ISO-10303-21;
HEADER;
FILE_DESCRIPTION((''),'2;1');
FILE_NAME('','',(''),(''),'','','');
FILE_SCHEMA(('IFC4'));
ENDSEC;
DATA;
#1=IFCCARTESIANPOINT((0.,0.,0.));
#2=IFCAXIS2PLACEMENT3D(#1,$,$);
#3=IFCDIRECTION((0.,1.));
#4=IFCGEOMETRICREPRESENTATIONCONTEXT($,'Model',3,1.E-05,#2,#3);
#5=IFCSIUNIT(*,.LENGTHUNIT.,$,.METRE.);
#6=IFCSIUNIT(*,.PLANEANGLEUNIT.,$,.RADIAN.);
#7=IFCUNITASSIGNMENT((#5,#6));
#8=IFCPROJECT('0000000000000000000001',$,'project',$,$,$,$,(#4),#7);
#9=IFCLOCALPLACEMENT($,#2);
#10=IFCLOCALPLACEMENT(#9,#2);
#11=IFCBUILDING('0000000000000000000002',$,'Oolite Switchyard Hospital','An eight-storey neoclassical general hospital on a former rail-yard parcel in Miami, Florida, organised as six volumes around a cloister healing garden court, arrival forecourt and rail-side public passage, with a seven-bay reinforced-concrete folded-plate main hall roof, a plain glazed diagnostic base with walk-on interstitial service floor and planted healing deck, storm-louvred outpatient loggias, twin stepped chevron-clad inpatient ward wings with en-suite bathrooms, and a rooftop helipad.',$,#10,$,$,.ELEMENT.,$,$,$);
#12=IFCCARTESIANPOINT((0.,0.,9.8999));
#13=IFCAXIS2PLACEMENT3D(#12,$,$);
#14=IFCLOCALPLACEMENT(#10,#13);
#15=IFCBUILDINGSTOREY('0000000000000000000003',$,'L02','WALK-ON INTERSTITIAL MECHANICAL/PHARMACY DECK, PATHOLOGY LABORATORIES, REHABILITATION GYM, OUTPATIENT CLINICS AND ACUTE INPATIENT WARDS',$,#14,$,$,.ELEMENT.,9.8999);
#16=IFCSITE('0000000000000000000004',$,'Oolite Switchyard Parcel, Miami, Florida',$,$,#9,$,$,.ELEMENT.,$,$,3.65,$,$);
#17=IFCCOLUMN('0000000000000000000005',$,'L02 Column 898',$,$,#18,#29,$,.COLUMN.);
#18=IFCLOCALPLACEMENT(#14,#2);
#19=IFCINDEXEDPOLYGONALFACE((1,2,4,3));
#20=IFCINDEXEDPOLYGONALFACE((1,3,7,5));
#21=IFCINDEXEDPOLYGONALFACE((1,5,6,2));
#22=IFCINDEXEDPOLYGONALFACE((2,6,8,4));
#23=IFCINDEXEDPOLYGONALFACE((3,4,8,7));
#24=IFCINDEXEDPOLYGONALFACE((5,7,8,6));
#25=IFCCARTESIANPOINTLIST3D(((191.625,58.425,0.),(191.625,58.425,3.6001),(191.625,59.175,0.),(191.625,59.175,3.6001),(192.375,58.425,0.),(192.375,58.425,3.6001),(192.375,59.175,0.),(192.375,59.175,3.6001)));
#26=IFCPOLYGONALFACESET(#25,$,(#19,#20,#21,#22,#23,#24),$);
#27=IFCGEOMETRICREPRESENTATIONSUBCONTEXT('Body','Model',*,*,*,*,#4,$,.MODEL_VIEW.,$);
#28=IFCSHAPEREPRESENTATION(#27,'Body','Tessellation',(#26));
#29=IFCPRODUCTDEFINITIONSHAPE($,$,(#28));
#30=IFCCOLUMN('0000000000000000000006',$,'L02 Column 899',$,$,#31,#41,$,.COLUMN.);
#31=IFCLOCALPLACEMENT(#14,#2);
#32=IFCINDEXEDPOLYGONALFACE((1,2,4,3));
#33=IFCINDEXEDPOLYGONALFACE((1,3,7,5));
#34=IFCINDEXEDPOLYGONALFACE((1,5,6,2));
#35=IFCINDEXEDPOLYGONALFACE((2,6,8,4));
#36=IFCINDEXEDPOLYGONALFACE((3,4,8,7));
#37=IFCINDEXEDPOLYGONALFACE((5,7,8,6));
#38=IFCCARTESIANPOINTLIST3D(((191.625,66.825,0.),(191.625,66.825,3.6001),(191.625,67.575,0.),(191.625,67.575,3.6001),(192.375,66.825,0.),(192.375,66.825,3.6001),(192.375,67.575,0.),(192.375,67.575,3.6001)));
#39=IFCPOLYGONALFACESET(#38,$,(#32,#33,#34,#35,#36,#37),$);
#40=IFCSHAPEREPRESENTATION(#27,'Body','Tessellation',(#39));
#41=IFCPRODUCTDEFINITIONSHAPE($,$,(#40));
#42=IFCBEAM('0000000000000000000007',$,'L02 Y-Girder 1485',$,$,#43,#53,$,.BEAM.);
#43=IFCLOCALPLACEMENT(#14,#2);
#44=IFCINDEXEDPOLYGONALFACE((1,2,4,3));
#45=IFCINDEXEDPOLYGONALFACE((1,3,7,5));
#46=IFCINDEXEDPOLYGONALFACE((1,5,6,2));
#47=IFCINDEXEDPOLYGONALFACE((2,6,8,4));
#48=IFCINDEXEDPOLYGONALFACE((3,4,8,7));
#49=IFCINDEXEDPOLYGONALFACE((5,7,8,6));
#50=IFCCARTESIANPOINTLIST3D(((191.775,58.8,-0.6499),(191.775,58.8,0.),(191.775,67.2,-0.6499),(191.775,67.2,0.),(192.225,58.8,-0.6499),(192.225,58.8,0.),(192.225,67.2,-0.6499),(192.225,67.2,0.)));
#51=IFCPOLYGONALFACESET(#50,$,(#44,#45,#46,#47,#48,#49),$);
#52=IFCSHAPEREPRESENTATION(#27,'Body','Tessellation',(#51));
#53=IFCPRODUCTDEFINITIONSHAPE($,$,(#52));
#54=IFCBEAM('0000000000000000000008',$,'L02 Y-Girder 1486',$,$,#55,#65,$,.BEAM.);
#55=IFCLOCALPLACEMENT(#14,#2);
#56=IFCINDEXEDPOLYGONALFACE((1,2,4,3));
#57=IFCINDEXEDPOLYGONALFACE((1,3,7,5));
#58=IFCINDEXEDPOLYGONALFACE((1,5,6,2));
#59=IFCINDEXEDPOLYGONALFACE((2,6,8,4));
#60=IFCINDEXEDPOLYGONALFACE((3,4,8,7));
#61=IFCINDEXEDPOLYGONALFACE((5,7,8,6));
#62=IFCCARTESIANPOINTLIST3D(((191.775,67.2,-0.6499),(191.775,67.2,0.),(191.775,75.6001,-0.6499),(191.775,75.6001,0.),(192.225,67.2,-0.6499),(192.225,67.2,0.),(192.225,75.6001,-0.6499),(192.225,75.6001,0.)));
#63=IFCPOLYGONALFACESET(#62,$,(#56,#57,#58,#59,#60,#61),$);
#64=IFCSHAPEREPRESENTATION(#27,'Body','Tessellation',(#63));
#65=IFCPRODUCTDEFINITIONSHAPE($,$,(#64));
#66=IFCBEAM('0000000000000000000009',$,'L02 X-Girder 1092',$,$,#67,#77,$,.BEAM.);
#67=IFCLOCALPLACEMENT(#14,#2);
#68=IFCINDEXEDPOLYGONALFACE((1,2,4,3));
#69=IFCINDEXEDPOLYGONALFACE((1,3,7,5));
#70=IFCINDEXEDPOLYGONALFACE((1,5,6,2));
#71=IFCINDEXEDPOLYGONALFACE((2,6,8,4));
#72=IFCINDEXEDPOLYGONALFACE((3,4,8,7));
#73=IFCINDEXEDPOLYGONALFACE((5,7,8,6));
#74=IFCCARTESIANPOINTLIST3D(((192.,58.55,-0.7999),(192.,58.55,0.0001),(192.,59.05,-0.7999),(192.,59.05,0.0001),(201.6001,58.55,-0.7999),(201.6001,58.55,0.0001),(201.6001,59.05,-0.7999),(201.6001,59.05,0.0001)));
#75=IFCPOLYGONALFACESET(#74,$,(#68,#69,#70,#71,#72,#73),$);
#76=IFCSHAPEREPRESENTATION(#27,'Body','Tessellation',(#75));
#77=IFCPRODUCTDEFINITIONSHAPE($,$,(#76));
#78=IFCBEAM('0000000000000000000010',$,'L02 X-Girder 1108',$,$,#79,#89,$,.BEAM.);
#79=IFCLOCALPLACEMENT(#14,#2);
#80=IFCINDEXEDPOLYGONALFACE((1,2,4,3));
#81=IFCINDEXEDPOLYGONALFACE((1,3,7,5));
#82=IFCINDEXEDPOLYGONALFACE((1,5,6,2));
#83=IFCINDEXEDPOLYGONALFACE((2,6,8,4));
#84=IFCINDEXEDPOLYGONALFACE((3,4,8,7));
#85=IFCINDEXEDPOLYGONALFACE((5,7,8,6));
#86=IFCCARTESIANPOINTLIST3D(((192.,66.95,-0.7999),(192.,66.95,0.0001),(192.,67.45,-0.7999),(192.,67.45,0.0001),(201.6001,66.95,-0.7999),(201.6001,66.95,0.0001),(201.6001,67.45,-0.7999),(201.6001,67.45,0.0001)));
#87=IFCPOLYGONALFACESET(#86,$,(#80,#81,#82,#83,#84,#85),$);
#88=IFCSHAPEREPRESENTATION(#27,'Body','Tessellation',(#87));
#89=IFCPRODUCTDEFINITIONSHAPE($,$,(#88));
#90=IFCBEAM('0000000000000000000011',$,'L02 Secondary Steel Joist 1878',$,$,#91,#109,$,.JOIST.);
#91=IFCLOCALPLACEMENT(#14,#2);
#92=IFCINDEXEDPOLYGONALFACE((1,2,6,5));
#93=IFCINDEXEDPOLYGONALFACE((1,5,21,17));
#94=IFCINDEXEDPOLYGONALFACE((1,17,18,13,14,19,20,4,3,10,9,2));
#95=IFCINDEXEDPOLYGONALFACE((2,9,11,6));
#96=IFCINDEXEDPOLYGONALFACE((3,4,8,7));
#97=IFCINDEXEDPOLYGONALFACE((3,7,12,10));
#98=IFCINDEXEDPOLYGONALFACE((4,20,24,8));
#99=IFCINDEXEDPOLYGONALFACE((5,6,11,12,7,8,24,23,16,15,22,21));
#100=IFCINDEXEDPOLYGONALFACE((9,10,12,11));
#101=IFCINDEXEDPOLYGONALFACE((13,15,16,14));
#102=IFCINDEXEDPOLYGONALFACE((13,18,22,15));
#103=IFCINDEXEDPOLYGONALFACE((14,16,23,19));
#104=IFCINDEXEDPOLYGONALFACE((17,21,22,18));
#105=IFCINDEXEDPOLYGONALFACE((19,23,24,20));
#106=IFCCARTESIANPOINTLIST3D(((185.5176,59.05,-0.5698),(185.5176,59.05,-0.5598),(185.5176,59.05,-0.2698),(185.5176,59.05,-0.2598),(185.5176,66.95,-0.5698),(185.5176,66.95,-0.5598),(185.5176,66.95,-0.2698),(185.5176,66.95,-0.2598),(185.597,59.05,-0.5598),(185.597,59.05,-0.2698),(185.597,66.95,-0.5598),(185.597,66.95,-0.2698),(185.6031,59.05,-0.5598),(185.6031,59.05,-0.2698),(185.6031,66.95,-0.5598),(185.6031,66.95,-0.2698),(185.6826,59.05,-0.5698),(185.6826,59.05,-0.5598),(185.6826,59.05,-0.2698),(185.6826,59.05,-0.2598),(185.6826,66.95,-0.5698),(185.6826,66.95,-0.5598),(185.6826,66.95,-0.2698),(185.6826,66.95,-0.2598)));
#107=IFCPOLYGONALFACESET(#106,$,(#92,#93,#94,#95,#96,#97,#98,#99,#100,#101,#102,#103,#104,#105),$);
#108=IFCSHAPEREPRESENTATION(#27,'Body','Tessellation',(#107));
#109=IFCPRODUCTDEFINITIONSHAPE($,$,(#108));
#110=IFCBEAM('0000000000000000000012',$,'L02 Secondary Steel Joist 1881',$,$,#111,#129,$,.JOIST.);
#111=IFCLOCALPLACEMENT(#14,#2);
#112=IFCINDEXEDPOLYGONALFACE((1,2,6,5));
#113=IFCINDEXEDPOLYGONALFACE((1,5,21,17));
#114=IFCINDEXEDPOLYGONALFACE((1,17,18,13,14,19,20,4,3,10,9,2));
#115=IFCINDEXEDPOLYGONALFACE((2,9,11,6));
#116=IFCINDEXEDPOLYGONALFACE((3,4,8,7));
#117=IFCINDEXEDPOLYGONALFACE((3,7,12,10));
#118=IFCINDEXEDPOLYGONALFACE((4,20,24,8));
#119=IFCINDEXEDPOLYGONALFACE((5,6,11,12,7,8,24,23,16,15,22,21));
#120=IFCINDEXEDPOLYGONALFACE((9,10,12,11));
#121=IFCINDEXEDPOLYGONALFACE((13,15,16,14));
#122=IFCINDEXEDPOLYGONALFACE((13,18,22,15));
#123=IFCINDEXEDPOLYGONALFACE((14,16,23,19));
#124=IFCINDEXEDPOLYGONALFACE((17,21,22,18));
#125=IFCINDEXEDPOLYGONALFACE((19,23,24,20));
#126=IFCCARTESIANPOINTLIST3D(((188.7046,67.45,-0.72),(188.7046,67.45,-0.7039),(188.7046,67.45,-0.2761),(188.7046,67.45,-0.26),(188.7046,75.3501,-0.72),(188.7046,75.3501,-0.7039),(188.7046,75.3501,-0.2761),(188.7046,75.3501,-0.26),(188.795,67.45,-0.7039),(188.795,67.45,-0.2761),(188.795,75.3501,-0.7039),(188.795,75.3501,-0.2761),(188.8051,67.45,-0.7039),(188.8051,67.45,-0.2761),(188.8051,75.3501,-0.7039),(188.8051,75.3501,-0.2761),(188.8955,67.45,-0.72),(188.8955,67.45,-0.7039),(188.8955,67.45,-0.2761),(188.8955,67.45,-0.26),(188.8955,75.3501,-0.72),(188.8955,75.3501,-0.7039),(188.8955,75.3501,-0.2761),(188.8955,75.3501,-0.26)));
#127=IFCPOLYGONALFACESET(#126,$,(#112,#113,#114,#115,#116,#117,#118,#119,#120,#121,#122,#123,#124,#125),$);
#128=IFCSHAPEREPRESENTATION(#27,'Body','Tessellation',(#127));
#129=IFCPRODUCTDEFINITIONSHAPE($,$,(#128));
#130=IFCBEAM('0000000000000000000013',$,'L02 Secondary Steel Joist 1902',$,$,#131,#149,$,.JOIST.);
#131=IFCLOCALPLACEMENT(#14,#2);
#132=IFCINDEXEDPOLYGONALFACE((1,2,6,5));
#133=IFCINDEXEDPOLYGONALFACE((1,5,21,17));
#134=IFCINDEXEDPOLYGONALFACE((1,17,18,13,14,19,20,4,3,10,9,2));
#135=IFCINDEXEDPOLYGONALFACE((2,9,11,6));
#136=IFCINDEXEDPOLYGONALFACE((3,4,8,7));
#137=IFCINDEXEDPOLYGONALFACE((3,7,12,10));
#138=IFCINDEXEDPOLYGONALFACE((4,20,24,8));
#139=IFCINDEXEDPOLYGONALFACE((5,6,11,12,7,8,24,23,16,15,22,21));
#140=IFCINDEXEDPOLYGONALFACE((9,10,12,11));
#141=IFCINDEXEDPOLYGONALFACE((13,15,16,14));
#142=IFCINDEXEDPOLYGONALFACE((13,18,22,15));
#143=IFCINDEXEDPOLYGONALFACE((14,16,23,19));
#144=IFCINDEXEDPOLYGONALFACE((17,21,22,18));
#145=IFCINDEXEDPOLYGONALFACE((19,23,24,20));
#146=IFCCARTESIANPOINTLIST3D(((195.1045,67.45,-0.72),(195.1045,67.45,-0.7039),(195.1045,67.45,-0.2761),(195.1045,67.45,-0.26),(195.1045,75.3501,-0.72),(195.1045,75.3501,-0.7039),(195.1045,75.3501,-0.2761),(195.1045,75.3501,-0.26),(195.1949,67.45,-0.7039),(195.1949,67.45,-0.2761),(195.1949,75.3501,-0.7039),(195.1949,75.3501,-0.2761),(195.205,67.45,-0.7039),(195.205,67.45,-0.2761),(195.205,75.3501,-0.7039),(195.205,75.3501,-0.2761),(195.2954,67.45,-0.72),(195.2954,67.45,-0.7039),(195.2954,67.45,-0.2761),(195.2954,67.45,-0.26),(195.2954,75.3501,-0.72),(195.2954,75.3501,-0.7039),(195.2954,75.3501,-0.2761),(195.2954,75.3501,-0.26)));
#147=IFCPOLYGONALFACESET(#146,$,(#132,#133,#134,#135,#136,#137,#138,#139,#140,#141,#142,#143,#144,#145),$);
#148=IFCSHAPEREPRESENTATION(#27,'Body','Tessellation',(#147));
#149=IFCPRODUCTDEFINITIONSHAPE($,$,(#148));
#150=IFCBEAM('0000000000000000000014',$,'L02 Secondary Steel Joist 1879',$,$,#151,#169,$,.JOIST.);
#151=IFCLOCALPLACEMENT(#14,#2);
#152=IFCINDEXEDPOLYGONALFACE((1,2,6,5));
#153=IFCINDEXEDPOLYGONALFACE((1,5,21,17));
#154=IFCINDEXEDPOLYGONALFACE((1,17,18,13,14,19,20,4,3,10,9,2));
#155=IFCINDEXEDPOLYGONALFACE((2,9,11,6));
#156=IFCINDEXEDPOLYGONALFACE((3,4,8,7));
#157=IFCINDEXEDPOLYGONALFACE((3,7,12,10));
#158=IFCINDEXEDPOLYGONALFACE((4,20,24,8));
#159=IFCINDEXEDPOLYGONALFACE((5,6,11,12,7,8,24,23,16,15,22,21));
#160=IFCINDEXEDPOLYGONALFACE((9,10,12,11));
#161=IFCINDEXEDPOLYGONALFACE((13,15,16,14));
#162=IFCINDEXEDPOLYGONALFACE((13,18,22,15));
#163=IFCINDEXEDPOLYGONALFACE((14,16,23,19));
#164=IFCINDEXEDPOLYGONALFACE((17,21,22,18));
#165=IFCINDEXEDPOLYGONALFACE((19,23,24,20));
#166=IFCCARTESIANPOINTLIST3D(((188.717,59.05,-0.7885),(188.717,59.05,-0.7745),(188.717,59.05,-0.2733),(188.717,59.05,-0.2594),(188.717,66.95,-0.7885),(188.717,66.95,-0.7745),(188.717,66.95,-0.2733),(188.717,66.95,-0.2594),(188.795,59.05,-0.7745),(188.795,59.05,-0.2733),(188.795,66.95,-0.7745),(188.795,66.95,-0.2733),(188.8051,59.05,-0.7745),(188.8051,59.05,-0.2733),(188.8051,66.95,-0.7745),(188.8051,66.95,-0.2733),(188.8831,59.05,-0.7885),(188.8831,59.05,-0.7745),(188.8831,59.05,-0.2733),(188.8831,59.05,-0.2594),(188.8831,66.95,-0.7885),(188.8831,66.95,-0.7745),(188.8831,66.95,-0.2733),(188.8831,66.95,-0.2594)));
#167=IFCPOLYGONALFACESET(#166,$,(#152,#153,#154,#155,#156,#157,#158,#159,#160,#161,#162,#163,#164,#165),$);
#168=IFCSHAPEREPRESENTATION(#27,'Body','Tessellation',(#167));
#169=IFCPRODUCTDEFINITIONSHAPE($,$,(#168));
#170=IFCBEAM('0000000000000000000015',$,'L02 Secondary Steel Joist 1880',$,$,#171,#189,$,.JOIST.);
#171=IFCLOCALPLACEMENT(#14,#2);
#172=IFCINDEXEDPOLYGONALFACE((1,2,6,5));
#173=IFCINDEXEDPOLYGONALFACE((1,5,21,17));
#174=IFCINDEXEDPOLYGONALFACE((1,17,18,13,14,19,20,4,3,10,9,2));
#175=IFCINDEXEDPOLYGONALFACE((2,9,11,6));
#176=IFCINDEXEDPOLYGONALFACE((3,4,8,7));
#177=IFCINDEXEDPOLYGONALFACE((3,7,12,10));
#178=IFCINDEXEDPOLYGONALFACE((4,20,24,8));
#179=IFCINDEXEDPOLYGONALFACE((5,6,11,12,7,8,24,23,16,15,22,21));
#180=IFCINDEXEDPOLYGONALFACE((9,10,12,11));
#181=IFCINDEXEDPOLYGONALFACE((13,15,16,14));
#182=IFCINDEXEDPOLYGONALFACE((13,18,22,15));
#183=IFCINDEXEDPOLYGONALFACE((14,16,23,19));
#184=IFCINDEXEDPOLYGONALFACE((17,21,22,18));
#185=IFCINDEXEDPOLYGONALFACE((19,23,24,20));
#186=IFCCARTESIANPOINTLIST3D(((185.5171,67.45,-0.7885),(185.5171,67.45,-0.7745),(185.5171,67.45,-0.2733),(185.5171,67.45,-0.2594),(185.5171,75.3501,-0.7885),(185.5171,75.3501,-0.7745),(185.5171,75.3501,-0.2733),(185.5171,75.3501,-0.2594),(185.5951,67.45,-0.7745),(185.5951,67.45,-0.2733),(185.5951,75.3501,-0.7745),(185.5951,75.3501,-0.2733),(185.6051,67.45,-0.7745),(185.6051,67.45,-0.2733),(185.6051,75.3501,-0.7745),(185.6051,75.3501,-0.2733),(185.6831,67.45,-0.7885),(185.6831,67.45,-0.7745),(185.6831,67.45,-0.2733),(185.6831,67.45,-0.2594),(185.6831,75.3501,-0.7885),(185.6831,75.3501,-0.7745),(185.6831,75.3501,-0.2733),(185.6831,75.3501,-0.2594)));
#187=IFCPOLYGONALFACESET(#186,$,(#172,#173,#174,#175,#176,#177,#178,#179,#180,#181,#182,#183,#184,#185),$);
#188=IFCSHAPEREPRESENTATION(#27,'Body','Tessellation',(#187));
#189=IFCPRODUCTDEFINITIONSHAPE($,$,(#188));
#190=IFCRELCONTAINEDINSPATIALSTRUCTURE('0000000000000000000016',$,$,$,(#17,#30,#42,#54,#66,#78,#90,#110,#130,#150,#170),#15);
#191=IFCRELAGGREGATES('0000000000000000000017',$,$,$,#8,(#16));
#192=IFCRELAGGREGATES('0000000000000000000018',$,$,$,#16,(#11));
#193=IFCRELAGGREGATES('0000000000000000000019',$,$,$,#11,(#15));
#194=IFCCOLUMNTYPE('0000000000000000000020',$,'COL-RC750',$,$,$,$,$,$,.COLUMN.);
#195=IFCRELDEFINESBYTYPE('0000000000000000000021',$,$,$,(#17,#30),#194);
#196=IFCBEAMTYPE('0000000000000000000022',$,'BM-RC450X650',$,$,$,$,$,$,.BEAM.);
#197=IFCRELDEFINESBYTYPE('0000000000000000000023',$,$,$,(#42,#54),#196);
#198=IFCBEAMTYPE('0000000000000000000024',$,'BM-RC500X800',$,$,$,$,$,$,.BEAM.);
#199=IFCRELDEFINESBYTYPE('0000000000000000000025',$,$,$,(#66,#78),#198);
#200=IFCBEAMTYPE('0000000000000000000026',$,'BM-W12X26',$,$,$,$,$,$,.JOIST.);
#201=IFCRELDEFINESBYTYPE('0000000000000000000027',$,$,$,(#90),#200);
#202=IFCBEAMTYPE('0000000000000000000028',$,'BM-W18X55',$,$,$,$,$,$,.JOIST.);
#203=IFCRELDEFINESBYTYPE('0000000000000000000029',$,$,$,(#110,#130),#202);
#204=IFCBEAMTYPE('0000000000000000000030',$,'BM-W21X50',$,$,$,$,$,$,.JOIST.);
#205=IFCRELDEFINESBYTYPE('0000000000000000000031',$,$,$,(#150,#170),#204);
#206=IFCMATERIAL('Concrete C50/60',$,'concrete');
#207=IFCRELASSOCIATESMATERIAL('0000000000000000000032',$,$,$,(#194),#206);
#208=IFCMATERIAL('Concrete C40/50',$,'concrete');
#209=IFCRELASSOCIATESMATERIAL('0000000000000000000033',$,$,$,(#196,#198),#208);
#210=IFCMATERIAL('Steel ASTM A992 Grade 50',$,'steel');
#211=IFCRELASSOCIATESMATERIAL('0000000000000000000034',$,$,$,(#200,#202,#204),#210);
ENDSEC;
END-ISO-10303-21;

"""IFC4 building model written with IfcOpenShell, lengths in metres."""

from ifc_helpers import new_model, si_unit, direction, frame, origin, origin_2d, place, context, subcontext, project, spatial, rectangle, i_section, extrude, material, material_profile, profile_set, type_object, element, save


model = new_model("IFC4")

# Units and contexts
model_context = context("Model", 3, precision=1e-05, world=origin(), true_north=direction((0.0, 1.0)))
body_context = subcontext(model_context, "Body", "Model", "MODEL_VIEW")
ifc_project = project(units=[si_unit("LENGTHUNIT", "METRE"), si_unit("PLANEANGLEUNIT", "RADIAN")], contexts=[model_context])

# Site, building, storey
site_placement = place(None, origin())
site = spatial("IfcSite", under=ifc_project, at=site_placement, Name="Oolite Switchyard Parcel, Miami, Florida", CompositionType="ELEMENT", RefElevation=3.65)
building_placement = place(site_placement, origin())
building = spatial("IfcBuilding", under=site, at=building_placement, Name="Oolite Switchyard Hospital", Description="An eight-storey neoclassical general hospital on a former rail-yard parcel in Miami, Florida, organised as six volumes around a cloister healing garden court, arrival forecourt and rail-side public passage, with a seven-bay reinforced-concrete folded-plate main hall roof, a plain glazed diagnostic base with walk-on interstitial service floor and planted healing deck, storm-louvred outpatient loggias, twin stepped chevron-clad inpatient ward wings with en-suite bathrooms, and a rooftop helipad.", CompositionType="ELEMENT")
storey_placement = place(building_placement, frame((0.0, 0.0, 9.8999)))
storey = spatial("IfcBuildingStorey", under=building, at=storey_placement, Name="L02", Description="WALK-ON INTERSTITIAL MECHANICAL/PHARMACY DECK, PATHOLOGY LABORATORIES, REHABILITATION GYM, OUTPATIENT CLINICS AND ACUTE INPATIENT WARDS", CompositionType="ELEMENT", Elevation=9.8999)

# Columns
ifc_material_1 = material(Name="Concrete C50/60", Category="concrete")
ifc_material_profile_1 = material_profile(ifc_material_1, rectangle(XDim=0.75, YDim=0.75, at=origin_2d()), Name="RC750X750")
ifc_profile_set_1 = profile_set([ifc_material_profile_1], Name="Concrete C50/60")
column_type = type_object("IfcColumnType", Name="COL-RC750", PredefinedType="COLUMN", material=ifc_profile_set_1)
for number, where, z_axis, x_axis, name in (
    (1, (192.0, 58.8, 0.0), (0.0, 0.0, 1.0), (1.0, 0.0, 0.0), "L02 Column 898"),
    (2, (192.0, 67.2, 0.0), (0.0, 0.0, 1.0), (1.0, 0.0, 0.0), "L02 Column 899"),
):
    element("IfcColumn", number, at=place(storey_placement, frame(where, z_axis=z_axis, x_axis=x_axis)), inside=storey, type_object=column_type, Name=name, PredefinedType="COLUMN", context=body_context, shape_type="SweptSolid", body=[
        extrude(rectangle(XDim=0.75, YDim=0.75, at=origin_2d()), origin(), (0.0, 0.0, 1.0), 3.6001),
    ])

# Beams
ifc_material_2 = material(Name="Concrete C40/50", Category="concrete")
ifc_material_profile_2 = material_profile(ifc_material_2, rectangle(XDim=0.45, YDim=0.6499, at=origin_2d()), Name="RCB450X650")
ifc_profile_set_2 = profile_set([ifc_material_profile_2], Name="Concrete C40/50")
beam_type_1 = type_object("IfcBeamType", Name="BM-RC450X650", PredefinedType="BEAM", material=ifc_profile_set_2)
beam_1_placement = place(storey_placement, frame((192.0, 58.8, -0.325), z_axis=(0.0, 1.0, 0.0), x_axis=(-1.0, 0.0, 0.0)))
element("IfcBeam", 3, at=beam_1_placement, inside=storey, type_object=beam_type_1, Name="L02 Y-Girder 1485", PredefinedType="BEAM", context=body_context, shape_type="SweptSolid", body=[
    extrude(rectangle(XDim=0.45, YDim=0.6499, at=origin_2d()), origin(), (0.0, 0.0, 1.0), 8.3999),
])
beam_2_placement = place(storey_placement, frame((192.0, 67.2, -0.325), z_axis=(0.0, 1.0, 0.0), x_axis=(-1.0, 0.0, 0.0)))
element("IfcBeam", 4, at=beam_2_placement, inside=storey, type_object=beam_type_1, Name="L02 Y-Girder 1486", PredefinedType="BEAM", context=body_context, shape_type="SweptSolid", body=[
    extrude(rectangle(XDim=0.45, YDim=0.6499, at=origin_2d()), origin(), (0.0, 0.0, 1.0), 8.4001),
])
ifc_material_profile_3 = material_profile(ifc_material_2, rectangle(XDim=0.5, YDim=0.8, at=origin_2d()), Name="RCB500X800")
ifc_profile_set_3 = profile_set([ifc_material_profile_3], Name="Concrete C40/50")
beam_type_2 = type_object("IfcBeamType", Name="BM-RC500X800", PredefinedType="BEAM", material=ifc_profile_set_3)
for number, where, z_axis, x_axis, name in (
    (5, (192.0, 58.8, -0.3999), (1.0, 0.0, 0.0), (0.0, 1.0, 0.0), "L02 X-Girder 1092"),
    (6, (192.0, 67.2, -0.3999), (1.0, 0.0, 0.0), (0.0, 1.0, 0.0), "L02 X-Girder 1108"),
):
    element("IfcBeam", number, at=place(storey_placement, frame(where, z_axis=z_axis, x_axis=x_axis)), inside=storey, type_object=beam_type_2, Name=name, PredefinedType="BEAM", context=body_context, shape_type="SweptSolid", body=[
        extrude(rectangle(XDim=0.5, YDim=0.8, at=origin_2d()), origin(), (0.0, 0.0, 1.0), 9.6001),
    ])
ifc_material_3 = material(Name="Steel ASTM A992 Grade 50", Category="steel")
ifc_material_profile_4 = material_profile(ifc_material_3, i_section(OverallWidth=0.165, OverallDepth=0.3101, WebThickness=0.0061, FlangeThickness=0.01, at=origin_2d()), Name="W12X26")
ifc_profile_set_4 = profile_set([ifc_material_profile_4], Name="Steel ASTM A992 Grade 50")
beam_type_3 = type_object("IfcBeamType", Name="BM-W12X26", PredefinedType="JOIST", material=ifc_profile_set_4)
beam_3_placement = place(storey_placement, frame((185.6001, 59.05, -0.4148), z_axis=(0.0, 1.0, 0.0), x_axis=(-1.0, 0.0, 0.0)))
element("IfcBeam", 7, at=beam_3_placement, inside=storey, type_object=beam_type_3, Name="L02 Secondary Steel Joist 1878", PredefinedType="JOIST", context=body_context, shape_type="SweptSolid", body=[
    extrude(i_section(OverallWidth=0.165, OverallDepth=0.3101, WebThickness=0.0061, FlangeThickness=0.01, at=origin_2d()), origin(), (0.0, 0.0, 1.0), 7.8999),
])
ifc_material_profile_5 = material_profile(ifc_material_3, i_section(OverallWidth=0.1909, OverallDepth=0.46, WebThickness=0.01, FlangeThickness=0.0161, at=origin_2d()), Name="W18X55")
ifc_profile_set_5 = profile_set([ifc_material_profile_5], Name="Steel ASTM A992 Grade 50")
beam_type_4 = type_object("IfcBeamType", Name="BM-W18X55", PredefinedType="JOIST", material=ifc_profile_set_5)
for number, where, z_axis, x_axis, name in (
    (8, (188.8, 67.45, -0.49), (0.0, 1.0, 0.0), (-1.0, 0.0, 0.0), "L02 Secondary Steel Joist 1881"),
    (9, (195.2, 67.45, -0.49), (0.0, 1.0, 0.0), (-1.0, 0.0, 0.0), "L02 Secondary Steel Joist 1902"),
):
    element("IfcBeam", number, at=place(storey_placement, frame(where, z_axis=z_axis, x_axis=x_axis)), inside=storey, type_object=beam_type_4, Name=name, PredefinedType="JOIST", context=body_context, shape_type="SweptSolid", body=[
        extrude(i_section(OverallWidth=0.1909, OverallDepth=0.46, WebThickness=0.01, FlangeThickness=0.0161, at=origin_2d()), origin(), (0.0, 0.0, 1.0), 7.9001),
    ])
ifc_material_profile_6 = material_profile(ifc_material_3, i_section(OverallWidth=0.166, OverallDepth=0.5291, WebThickness=0.01, FlangeThickness=0.0139, at=origin_2d()), Name="W21X50")
ifc_profile_set_6 = profile_set([ifc_material_profile_6], Name="Steel ASTM A992 Grade 50")
beam_type_5 = type_object("IfcBeamType", Name="BM-W21X50", PredefinedType="JOIST", material=ifc_profile_set_6)
beam_4_placement = place(storey_placement, frame((188.8, 59.05, -0.5239), z_axis=(0.0, 1.0, 0.0), x_axis=(-1.0, 0.0, 0.0)))
element("IfcBeam", 10, at=beam_4_placement, inside=storey, type_object=beam_type_5, Name="L02 Secondary Steel Joist 1879", PredefinedType="JOIST", context=body_context, shape_type="SweptSolid", body=[
    extrude(i_section(OverallWidth=0.166, OverallDepth=0.5291, WebThickness=0.01, FlangeThickness=0.0139, at=origin_2d()), origin(), (0.0, 0.0, 1.0), 7.8999),
])
beam_5_placement = place(storey_placement, frame((185.6001, 67.45, -0.5239), z_axis=(0.0, 1.0, 0.0), x_axis=(-1.0, 0.0, 0.0)))
element("IfcBeam", 11, at=beam_5_placement, inside=storey, type_object=beam_type_5, Name="L02 Secondary Steel Joist 1880", PredefinedType="JOIST", context=body_context, shape_type="SweptSolid", body=[
    extrude(i_section(OverallWidth=0.166, OverallDepth=0.5291, WebThickness=0.01, FlangeThickness=0.0139, at=origin_2d()), origin(), (0.0, 0.0, 1.0), 7.9001),
])

save(model, "model.ifc")
